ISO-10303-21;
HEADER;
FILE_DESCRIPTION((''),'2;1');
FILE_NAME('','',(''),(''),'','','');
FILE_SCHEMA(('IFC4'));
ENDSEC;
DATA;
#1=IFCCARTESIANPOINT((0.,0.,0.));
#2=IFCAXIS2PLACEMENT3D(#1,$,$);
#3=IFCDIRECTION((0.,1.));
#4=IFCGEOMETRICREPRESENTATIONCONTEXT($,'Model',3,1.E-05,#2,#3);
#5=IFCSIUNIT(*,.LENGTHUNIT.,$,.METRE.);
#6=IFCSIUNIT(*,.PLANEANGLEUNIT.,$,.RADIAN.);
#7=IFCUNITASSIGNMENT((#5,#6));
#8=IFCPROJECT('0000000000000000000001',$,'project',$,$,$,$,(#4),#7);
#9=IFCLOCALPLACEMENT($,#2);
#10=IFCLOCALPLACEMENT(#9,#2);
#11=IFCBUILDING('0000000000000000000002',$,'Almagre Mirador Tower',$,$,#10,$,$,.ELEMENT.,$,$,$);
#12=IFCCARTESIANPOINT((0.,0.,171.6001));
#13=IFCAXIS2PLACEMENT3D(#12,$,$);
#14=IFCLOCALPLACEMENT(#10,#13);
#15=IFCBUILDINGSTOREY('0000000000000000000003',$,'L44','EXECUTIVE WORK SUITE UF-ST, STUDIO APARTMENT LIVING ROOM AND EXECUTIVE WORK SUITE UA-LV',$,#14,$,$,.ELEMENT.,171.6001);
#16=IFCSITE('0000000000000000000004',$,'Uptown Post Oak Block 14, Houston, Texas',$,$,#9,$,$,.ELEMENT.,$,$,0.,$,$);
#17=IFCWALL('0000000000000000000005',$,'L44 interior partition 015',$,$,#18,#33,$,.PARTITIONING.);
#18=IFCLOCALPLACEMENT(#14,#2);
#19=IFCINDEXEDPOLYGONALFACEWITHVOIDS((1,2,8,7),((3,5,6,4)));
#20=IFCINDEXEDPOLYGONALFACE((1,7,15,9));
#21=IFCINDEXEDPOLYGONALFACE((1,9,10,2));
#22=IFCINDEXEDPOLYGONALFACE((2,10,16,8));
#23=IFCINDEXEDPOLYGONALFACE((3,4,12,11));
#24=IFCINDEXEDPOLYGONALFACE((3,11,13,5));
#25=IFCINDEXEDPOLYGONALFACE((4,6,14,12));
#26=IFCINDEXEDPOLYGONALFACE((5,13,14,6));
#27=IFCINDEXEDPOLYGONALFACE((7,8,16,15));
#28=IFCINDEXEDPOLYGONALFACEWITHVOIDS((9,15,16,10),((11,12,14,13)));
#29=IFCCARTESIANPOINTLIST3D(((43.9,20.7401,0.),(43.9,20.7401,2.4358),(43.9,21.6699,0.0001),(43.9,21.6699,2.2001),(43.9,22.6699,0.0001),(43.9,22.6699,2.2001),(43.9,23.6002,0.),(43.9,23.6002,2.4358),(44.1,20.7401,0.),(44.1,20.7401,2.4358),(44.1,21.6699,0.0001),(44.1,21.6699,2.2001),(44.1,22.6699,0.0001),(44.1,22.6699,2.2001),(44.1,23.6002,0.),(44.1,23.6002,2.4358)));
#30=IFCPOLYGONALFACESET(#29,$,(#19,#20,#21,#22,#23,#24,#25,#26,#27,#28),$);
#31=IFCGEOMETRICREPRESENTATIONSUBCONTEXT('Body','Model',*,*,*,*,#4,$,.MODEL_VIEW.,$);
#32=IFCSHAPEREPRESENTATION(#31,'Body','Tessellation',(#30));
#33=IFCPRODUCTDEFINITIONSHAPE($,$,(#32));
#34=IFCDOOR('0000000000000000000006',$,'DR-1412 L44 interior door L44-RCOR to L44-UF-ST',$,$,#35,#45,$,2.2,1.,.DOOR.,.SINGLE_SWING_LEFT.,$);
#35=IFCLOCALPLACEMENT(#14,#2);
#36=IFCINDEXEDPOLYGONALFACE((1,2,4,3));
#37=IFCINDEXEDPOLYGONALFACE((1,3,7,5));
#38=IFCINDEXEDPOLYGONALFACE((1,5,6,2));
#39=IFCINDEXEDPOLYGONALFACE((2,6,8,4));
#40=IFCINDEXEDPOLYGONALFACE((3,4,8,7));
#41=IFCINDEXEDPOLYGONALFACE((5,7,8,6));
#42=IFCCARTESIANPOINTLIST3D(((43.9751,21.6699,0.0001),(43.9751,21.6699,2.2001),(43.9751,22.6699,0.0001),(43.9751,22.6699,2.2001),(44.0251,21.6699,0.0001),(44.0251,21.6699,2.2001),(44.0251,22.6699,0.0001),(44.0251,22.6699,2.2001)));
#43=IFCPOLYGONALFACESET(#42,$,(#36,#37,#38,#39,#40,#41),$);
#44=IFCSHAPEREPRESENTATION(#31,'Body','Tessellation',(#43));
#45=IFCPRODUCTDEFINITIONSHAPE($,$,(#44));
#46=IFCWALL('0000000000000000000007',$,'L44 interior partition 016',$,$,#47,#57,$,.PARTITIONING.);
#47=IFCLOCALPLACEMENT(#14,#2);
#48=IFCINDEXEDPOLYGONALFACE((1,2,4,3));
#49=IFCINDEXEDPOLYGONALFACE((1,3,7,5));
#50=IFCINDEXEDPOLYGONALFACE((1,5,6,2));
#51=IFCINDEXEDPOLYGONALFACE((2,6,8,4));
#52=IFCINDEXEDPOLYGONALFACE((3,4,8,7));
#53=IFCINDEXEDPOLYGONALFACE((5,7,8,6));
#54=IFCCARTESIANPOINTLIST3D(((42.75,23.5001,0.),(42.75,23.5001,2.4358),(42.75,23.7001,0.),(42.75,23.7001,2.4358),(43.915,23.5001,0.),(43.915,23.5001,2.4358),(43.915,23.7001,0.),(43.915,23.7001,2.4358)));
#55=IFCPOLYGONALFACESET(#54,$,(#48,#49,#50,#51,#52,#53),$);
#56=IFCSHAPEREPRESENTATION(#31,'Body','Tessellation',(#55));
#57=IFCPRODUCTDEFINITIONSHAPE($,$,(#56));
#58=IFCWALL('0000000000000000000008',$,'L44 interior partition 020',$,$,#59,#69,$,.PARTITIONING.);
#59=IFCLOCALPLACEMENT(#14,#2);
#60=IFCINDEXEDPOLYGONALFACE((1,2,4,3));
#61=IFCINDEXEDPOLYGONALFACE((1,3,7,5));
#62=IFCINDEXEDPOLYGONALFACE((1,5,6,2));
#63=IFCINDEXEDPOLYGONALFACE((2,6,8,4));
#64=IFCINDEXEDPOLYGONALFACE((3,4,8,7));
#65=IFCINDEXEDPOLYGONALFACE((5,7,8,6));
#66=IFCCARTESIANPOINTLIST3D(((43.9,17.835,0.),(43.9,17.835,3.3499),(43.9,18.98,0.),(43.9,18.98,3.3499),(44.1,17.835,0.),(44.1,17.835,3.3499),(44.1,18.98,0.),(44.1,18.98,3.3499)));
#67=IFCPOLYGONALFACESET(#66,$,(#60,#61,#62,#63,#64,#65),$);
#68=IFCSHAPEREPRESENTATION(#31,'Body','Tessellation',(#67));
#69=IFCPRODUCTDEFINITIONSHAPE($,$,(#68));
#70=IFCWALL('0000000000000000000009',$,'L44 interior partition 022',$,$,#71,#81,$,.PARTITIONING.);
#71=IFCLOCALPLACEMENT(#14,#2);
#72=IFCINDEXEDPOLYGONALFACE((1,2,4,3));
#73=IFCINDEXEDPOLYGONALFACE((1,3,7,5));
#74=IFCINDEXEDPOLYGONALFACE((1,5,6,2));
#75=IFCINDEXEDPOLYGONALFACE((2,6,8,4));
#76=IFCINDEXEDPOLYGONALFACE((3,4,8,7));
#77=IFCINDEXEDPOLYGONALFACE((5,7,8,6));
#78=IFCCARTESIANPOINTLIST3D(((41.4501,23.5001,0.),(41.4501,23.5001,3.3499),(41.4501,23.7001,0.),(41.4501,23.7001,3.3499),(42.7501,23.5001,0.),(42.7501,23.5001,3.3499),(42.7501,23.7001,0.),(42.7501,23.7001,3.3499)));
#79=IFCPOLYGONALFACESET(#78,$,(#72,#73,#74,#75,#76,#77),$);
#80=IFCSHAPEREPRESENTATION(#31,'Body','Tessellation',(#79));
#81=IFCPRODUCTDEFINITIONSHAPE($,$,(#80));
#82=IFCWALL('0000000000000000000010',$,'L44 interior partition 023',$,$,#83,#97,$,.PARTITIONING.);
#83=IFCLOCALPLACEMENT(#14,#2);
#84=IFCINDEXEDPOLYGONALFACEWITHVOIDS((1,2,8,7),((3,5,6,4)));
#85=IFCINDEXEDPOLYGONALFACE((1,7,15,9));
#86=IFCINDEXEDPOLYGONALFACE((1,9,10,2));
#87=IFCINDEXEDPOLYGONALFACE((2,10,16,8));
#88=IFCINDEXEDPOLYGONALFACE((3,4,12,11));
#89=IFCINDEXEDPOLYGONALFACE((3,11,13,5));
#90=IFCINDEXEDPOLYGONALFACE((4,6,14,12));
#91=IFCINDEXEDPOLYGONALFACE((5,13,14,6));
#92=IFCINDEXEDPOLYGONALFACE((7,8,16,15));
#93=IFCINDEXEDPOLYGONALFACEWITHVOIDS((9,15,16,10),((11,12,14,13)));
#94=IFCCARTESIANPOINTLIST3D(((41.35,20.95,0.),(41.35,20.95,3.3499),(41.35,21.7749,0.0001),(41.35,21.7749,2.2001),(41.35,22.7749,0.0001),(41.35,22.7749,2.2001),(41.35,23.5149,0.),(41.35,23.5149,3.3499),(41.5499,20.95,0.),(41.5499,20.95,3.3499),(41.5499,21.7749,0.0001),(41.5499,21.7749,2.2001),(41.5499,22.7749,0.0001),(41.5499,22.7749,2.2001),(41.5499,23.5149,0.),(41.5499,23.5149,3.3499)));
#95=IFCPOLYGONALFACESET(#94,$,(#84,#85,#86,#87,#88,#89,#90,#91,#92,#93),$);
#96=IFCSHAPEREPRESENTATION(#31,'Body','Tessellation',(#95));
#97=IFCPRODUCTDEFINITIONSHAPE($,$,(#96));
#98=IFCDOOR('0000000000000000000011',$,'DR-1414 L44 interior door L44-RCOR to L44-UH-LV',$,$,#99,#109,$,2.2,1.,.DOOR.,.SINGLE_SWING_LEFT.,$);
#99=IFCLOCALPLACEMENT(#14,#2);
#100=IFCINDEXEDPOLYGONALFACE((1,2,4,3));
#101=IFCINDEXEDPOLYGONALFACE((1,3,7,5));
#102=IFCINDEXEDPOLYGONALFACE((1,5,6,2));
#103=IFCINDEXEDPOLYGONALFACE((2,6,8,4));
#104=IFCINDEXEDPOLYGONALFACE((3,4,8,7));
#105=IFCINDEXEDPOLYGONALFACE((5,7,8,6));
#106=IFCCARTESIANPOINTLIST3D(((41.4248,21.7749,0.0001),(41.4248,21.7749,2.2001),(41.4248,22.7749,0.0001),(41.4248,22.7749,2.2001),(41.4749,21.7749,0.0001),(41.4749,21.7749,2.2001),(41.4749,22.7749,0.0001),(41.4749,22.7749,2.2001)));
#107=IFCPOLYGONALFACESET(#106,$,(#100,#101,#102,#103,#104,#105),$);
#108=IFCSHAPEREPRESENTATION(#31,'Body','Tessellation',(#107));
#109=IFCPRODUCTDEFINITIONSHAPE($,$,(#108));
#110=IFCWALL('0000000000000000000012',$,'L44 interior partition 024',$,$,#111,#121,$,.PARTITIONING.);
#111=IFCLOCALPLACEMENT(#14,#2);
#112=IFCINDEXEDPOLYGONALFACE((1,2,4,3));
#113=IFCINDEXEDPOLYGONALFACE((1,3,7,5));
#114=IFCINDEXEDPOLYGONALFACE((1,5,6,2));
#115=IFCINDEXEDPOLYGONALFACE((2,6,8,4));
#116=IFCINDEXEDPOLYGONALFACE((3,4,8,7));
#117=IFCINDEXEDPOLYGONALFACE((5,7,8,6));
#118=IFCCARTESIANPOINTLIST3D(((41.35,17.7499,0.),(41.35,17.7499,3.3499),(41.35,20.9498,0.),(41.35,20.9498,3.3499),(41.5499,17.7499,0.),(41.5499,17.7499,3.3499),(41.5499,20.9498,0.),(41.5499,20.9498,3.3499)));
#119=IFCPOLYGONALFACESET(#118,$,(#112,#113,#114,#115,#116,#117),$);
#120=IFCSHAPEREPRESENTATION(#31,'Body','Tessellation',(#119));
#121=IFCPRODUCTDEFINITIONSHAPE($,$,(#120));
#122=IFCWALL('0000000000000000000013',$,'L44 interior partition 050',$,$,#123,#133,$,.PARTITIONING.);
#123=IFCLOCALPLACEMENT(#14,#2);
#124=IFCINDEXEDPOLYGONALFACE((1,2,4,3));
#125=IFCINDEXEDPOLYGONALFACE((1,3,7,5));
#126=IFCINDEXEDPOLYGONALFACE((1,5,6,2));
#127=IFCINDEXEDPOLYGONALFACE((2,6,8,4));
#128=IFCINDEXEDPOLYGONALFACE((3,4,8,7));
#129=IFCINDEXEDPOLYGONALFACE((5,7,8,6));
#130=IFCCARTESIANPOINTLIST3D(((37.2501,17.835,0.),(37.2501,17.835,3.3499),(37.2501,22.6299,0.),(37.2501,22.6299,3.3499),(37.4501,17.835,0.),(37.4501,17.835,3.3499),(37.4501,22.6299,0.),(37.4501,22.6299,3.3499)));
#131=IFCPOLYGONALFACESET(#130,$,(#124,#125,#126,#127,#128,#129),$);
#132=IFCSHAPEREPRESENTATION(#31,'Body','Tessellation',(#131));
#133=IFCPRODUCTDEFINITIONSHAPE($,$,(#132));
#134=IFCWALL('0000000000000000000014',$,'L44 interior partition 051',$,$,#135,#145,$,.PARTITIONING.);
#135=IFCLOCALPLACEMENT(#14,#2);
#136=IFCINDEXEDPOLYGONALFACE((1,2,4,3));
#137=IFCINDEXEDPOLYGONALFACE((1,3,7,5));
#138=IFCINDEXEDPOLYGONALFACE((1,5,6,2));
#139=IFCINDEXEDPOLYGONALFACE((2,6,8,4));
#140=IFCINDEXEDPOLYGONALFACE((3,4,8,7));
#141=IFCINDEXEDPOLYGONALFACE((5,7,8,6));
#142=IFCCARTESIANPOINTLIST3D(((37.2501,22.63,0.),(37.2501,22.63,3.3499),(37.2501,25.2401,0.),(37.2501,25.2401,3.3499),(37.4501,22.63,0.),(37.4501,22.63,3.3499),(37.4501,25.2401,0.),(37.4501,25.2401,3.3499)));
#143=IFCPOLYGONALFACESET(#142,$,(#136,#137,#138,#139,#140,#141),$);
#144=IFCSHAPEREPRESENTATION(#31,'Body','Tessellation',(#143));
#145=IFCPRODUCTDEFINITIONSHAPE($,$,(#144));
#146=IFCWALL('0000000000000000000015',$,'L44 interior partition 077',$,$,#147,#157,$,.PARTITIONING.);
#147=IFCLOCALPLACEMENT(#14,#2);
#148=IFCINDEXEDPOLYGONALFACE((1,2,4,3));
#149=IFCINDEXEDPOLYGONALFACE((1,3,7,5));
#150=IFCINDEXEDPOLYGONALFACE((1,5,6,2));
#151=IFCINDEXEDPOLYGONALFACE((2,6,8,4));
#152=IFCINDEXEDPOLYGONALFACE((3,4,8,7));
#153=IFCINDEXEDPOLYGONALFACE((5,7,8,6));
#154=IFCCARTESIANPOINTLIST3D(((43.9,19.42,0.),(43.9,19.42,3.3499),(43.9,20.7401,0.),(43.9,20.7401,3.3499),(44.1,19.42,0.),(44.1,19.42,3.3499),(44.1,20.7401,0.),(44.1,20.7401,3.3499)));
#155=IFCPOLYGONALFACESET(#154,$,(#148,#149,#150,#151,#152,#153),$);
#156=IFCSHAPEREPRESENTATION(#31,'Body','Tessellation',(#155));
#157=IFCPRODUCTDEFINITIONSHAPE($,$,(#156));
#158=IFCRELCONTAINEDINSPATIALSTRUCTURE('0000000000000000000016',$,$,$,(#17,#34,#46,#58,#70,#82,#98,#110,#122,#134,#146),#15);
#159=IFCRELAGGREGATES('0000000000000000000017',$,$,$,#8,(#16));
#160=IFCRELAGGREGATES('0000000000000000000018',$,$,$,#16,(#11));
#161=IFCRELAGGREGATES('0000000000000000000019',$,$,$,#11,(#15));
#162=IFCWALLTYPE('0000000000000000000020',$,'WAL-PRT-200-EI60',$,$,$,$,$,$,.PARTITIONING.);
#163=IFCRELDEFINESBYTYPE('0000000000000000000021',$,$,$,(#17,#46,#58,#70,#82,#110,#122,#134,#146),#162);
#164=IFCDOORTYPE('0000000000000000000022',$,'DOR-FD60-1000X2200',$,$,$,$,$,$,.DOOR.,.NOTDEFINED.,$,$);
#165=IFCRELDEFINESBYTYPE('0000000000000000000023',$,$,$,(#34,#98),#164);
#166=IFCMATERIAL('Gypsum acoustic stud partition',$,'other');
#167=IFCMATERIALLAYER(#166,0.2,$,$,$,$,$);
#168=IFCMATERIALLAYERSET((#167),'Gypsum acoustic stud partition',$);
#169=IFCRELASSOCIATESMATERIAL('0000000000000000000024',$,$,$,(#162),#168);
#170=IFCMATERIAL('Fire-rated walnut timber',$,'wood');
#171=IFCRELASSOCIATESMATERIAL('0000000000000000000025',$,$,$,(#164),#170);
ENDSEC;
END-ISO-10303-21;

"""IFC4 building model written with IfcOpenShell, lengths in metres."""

from ifc_helpers import new_model, si_unit, direction, frame, frame_2d, origin, place, context, subcontext, project, spatial, rectangle, extrude, material, layer, layer_set, type_object, element, fill, save


model = new_model("IFC4")

# Units and contexts
model_context = context("Model", 3, precision=1e-05, world=origin(), true_north=direction((0.0, 1.0)))
body_context = subcontext(model_context, "Body", "Model", "MODEL_VIEW")
ifc_project = project(units=[si_unit("LENGTHUNIT", "METRE"), si_unit("PLANEANGLEUNIT", "RADIAN")], contexts=[model_context])

# Site, building, storey
site_placement = place(None, origin())
site = spatial("IfcSite", under=ifc_project, at=site_placement, Name="Uptown Post Oak Block 14, Houston, Texas", CompositionType="ELEMENT", RefElevation=0.0)
building_placement = place(site_placement, origin())
building = spatial("IfcBuilding", under=site, at=building_placement, Name="Almagre Mirador Tower", CompositionType="ELEMENT")
storey_placement = place(building_placement, frame((0.0, 0.0, 171.6001)))
storey = spatial("IfcBuildingStorey", under=building, at=storey_placement, Name="L44", Description="EXECUTIVE WORK SUITE UF-ST, STUDIO APARTMENT LIVING ROOM AND EXECUTIVE WORK SUITE UA-LV", CompositionType="ELEMENT", Elevation=171.6001)

# Wall, opening, door
ifc_material_1 = material(Name="Gypsum acoustic stud partition", Category="other")
ifc_layer_1 = layer(ifc_material_1, 0.2)
ifc_layer_set_1 = layer_set([ifc_layer_1], Name="Gypsum acoustic stud partition")
wall_type_1 = type_object("IfcWallType", Name="WAL-PRT-200-EI60", PredefinedType="PARTITIONING", material=ifc_layer_set_1)
wall_1_placement = place(storey_placement, frame((44.0, 20.74, 0.0), z_axis=(0.0, 0.0, 1.0), x_axis=(0.0, 1.0, 0.0)))
wall_1 = element("IfcWall", 1, at=wall_1_placement, inside=storey, type_object=wall_type_1, Name="L44 interior partition 015", PredefinedType="PARTITIONING", context=body_context, shape_type="SweptSolid", body=[
    extrude(rectangle(XDim=2.8601, YDim=0.2, at=frame_2d((1.4302, 0.0))), origin(), (0.0, 0.0, 1.0), 2.4358),
])
opening_1_placement = place(wall_1_placement, frame((0.9299, 0.0, 0.0)))
opening_1 = element("IfcOpeningElement", 2, at=opening_1_placement, cuts=wall_1, PredefinedType="OPENING", context=body_context, shape_type="SweptSolid", body=[
    extrude(rectangle(XDim=1.0, YDim=2.2, at=frame_2d((0.5, 1.1001))), frame((0.0, 0.1101, 0.0), z_axis=(0.0, -1.0, 0.0), x_axis=(1.0, 0.0, 0.0)), (0.0, 0.0, 1.0), 0.22),
])
ifc_material_2 = material(Name="Fire-rated walnut timber", Category="wood")
door_type_1 = type_object("IfcDoorType", Name="DOR-FD60-1000X2200", OperationType="NOTDEFINED", PredefinedType="DOOR", material=ifc_material_2)
door_1_placement = place(opening_1_placement, origin())
door_1 = element("IfcDoor", 3, at=door_1_placement, inside=storey, type_object=door_type_1, Name="DR-1412 L44 interior door L44-RCOR to L44-UF-ST", OperationType="SINGLE_SWING_LEFT", OverallHeight=2.2, OverallWidth=1.0, PredefinedType="DOOR", context=body_context, shape_type="SweptSolid", body=[
    extrude(rectangle(XDim=1.0, YDim=2.2, at=frame_2d((0.5, 1.1001))), frame((0.0, 0.0249, 0.0), z_axis=(0.0, -1.0, 0.0), x_axis=(1.0, 0.0, 0.0)), (0.0, 0.0, 1.0), 0.05),
])
fill(opening_1, door_1)

# Walls
wall_2_placement = place(storey_placement, frame((43.915, 23.6001, 0.0), z_axis=(0.0, 0.0, 1.0), x_axis=(-1.0, 0.0, 0.0)))
element("IfcWall", 4, at=wall_2_placement, inside=storey, type_object=wall_type_1, Name="L44 interior partition 016", PredefinedType="PARTITIONING", context=body_context, shape_type="SweptSolid", body=[
    extrude(rectangle(XDim=1.165, YDim=0.2, at=frame_2d((0.5825, 0.0))), origin(), (0.0, 0.0, 1.0), 2.4358),
])
wall_3_placement = place(storey_placement, frame((44.0, 17.835, 0.0), z_axis=(0.0, 0.0, 1.0), x_axis=(0.0, 1.0, 0.0)))
element("IfcWall", 5, at=wall_3_placement, inside=storey, type_object=wall_type_1, Name="L44 interior partition 020", PredefinedType="PARTITIONING", context=body_context, shape_type="SweptSolid", body=[
    extrude(rectangle(XDim=1.145, YDim=0.2, at=frame_2d((0.5725, 0.0))), origin(), (0.0, 0.0, 1.0), 3.3499),
])
wall_4_placement = place(storey_placement, frame((42.75, 23.6001, 0.0), z_axis=(0.0, 0.0, 1.0), x_axis=(-1.0, 0.0, 0.0)))
element("IfcWall", 6, at=wall_4_placement, inside=storey, type_object=wall_type_1, Name="L44 interior partition 022", PredefinedType="PARTITIONING", context=body_context, shape_type="SweptSolid", body=[
    extrude(rectangle(XDim=1.3, YDim=0.2, at=frame_2d((0.6499, 0.0))), origin(), (0.0, 0.0, 1.0), 3.3499),
])

# Wall, opening, door
wall_5_placement = place(storey_placement, frame((41.45, 23.5149, 0.0), z_axis=(0.0, 0.0, 1.0), x_axis=(0.0, -1.0, 0.0)))
wall_5 = element("IfcWall", 7, at=wall_5_placement, inside=storey, type_object=wall_type_1, Name="L44 interior partition 023", PredefinedType="PARTITIONING", context=body_context, shape_type="SweptSolid", body=[
    extrude(rectangle(XDim=2.5649, YDim=0.2, at=frame_2d((1.2825, 0.0))), origin(), (0.0, 0.0, 1.0), 3.3499),
])
opening_2_placement = place(wall_5_placement, frame((0.74, 0.0, 0.0)))
opening_2 = element("IfcOpeningElement", 8, at=opening_2_placement, cuts=wall_5, PredefinedType="OPENING", context=body_context, shape_type="SweptSolid", body=[
    extrude(rectangle(XDim=1.0, YDim=2.2, at=frame_2d((0.5, 1.1001))), frame((0.0, 0.1101, 0.0), z_axis=(0.0, -1.0, 0.0), x_axis=(1.0, 0.0, 0.0)), (0.0, 0.0, 1.0), 0.22),
])
door_2_placement = place(opening_2_placement, origin())
door_2 = element("IfcDoor", 9, at=door_2_placement, inside=storey, type_object=door_type_1, Name="DR-1414 L44 interior door L44-RCOR to L44-UH-LV", OperationType="SINGLE_SWING_LEFT", OverallHeight=2.2, OverallWidth=1.0, PredefinedType="DOOR", context=body_context, shape_type="SweptSolid", body=[
    extrude(rectangle(XDim=1.0, YDim=2.2, at=frame_2d((0.5, 1.1001))), frame((0.0, 0.0249, 0.0), z_axis=(0.0, -1.0, 0.0), x_axis=(1.0, 0.0, 0.0)), (0.0, 0.0, 1.0), 0.05),
])
fill(opening_2, door_2)

# Walls
wall_6_placement = place(storey_placement, frame((41.45, 20.95, 0.0), z_axis=(0.0, 0.0, 1.0), x_axis=(0.0, -1.0, 0.0)))
element("IfcWall", 10, at=wall_6_placement, inside=storey, type_object=wall_type_1, Name="L44 interior partition 024", PredefinedType="PARTITIONING", context=body_context, shape_type="SweptSolid", body=[
    extrude(rectangle(XDim=3.2, YDim=0.2, at=frame_2d((1.6001, 0.0))), origin(), (0.0, 0.0, 1.0), 3.3499),
])
wall_7_placement = place(storey_placement, frame((37.3501, 17.835, 0.0), z_axis=(0.0, 0.0, 1.0), x_axis=(0.0, 1.0, 0.0)))
element("IfcWall", 11, at=wall_7_placement, inside=storey, type_object=wall_type_1, Name="L44 interior partition 050", PredefinedType="PARTITIONING", context=body_context, shape_type="SweptSolid", body=[
    extrude(rectangle(XDim=4.7949, YDim=0.2, at=frame_2d((2.3975, 0.0))), origin(), (0.0, 0.0, 1.0), 3.3499),
])
wall_8_placement = place(storey_placement, frame((37.3501, 22.6299, 0.0), z_axis=(0.0, 0.0, 1.0), x_axis=(0.0, 1.0, 0.0)))
element("IfcWall", 12, at=wall_8_placement, inside=storey, type_object=wall_type_1, Name="L44 interior partition 051", PredefinedType="PARTITIONING", context=body_context, shape_type="SweptSolid", body=[
    extrude(rectangle(XDim=2.6101, YDim=0.2, at=frame_2d((1.3052, 0.0))), origin(), (0.0, 0.0, 1.0), 3.3499),
])
wall_9_placement = place(storey_placement, frame((44.0, 19.4199, 0.0), z_axis=(0.0, 0.0, 1.0), x_axis=(0.0, 1.0, 0.0)))
element("IfcWall", 13, at=wall_9_placement, inside=storey, type_object=wall_type_1, Name="L44 interior partition 077", PredefinedType="PARTITIONING", context=body_context, shape_type="SweptSolid", body=[
    extrude(rectangle(XDim=1.3201, YDim=0.2, at=frame_2d((0.6602, 0.0))), origin(), (0.0, 0.0, 1.0), 3.3499),
])

save(model, "model.ifc")
